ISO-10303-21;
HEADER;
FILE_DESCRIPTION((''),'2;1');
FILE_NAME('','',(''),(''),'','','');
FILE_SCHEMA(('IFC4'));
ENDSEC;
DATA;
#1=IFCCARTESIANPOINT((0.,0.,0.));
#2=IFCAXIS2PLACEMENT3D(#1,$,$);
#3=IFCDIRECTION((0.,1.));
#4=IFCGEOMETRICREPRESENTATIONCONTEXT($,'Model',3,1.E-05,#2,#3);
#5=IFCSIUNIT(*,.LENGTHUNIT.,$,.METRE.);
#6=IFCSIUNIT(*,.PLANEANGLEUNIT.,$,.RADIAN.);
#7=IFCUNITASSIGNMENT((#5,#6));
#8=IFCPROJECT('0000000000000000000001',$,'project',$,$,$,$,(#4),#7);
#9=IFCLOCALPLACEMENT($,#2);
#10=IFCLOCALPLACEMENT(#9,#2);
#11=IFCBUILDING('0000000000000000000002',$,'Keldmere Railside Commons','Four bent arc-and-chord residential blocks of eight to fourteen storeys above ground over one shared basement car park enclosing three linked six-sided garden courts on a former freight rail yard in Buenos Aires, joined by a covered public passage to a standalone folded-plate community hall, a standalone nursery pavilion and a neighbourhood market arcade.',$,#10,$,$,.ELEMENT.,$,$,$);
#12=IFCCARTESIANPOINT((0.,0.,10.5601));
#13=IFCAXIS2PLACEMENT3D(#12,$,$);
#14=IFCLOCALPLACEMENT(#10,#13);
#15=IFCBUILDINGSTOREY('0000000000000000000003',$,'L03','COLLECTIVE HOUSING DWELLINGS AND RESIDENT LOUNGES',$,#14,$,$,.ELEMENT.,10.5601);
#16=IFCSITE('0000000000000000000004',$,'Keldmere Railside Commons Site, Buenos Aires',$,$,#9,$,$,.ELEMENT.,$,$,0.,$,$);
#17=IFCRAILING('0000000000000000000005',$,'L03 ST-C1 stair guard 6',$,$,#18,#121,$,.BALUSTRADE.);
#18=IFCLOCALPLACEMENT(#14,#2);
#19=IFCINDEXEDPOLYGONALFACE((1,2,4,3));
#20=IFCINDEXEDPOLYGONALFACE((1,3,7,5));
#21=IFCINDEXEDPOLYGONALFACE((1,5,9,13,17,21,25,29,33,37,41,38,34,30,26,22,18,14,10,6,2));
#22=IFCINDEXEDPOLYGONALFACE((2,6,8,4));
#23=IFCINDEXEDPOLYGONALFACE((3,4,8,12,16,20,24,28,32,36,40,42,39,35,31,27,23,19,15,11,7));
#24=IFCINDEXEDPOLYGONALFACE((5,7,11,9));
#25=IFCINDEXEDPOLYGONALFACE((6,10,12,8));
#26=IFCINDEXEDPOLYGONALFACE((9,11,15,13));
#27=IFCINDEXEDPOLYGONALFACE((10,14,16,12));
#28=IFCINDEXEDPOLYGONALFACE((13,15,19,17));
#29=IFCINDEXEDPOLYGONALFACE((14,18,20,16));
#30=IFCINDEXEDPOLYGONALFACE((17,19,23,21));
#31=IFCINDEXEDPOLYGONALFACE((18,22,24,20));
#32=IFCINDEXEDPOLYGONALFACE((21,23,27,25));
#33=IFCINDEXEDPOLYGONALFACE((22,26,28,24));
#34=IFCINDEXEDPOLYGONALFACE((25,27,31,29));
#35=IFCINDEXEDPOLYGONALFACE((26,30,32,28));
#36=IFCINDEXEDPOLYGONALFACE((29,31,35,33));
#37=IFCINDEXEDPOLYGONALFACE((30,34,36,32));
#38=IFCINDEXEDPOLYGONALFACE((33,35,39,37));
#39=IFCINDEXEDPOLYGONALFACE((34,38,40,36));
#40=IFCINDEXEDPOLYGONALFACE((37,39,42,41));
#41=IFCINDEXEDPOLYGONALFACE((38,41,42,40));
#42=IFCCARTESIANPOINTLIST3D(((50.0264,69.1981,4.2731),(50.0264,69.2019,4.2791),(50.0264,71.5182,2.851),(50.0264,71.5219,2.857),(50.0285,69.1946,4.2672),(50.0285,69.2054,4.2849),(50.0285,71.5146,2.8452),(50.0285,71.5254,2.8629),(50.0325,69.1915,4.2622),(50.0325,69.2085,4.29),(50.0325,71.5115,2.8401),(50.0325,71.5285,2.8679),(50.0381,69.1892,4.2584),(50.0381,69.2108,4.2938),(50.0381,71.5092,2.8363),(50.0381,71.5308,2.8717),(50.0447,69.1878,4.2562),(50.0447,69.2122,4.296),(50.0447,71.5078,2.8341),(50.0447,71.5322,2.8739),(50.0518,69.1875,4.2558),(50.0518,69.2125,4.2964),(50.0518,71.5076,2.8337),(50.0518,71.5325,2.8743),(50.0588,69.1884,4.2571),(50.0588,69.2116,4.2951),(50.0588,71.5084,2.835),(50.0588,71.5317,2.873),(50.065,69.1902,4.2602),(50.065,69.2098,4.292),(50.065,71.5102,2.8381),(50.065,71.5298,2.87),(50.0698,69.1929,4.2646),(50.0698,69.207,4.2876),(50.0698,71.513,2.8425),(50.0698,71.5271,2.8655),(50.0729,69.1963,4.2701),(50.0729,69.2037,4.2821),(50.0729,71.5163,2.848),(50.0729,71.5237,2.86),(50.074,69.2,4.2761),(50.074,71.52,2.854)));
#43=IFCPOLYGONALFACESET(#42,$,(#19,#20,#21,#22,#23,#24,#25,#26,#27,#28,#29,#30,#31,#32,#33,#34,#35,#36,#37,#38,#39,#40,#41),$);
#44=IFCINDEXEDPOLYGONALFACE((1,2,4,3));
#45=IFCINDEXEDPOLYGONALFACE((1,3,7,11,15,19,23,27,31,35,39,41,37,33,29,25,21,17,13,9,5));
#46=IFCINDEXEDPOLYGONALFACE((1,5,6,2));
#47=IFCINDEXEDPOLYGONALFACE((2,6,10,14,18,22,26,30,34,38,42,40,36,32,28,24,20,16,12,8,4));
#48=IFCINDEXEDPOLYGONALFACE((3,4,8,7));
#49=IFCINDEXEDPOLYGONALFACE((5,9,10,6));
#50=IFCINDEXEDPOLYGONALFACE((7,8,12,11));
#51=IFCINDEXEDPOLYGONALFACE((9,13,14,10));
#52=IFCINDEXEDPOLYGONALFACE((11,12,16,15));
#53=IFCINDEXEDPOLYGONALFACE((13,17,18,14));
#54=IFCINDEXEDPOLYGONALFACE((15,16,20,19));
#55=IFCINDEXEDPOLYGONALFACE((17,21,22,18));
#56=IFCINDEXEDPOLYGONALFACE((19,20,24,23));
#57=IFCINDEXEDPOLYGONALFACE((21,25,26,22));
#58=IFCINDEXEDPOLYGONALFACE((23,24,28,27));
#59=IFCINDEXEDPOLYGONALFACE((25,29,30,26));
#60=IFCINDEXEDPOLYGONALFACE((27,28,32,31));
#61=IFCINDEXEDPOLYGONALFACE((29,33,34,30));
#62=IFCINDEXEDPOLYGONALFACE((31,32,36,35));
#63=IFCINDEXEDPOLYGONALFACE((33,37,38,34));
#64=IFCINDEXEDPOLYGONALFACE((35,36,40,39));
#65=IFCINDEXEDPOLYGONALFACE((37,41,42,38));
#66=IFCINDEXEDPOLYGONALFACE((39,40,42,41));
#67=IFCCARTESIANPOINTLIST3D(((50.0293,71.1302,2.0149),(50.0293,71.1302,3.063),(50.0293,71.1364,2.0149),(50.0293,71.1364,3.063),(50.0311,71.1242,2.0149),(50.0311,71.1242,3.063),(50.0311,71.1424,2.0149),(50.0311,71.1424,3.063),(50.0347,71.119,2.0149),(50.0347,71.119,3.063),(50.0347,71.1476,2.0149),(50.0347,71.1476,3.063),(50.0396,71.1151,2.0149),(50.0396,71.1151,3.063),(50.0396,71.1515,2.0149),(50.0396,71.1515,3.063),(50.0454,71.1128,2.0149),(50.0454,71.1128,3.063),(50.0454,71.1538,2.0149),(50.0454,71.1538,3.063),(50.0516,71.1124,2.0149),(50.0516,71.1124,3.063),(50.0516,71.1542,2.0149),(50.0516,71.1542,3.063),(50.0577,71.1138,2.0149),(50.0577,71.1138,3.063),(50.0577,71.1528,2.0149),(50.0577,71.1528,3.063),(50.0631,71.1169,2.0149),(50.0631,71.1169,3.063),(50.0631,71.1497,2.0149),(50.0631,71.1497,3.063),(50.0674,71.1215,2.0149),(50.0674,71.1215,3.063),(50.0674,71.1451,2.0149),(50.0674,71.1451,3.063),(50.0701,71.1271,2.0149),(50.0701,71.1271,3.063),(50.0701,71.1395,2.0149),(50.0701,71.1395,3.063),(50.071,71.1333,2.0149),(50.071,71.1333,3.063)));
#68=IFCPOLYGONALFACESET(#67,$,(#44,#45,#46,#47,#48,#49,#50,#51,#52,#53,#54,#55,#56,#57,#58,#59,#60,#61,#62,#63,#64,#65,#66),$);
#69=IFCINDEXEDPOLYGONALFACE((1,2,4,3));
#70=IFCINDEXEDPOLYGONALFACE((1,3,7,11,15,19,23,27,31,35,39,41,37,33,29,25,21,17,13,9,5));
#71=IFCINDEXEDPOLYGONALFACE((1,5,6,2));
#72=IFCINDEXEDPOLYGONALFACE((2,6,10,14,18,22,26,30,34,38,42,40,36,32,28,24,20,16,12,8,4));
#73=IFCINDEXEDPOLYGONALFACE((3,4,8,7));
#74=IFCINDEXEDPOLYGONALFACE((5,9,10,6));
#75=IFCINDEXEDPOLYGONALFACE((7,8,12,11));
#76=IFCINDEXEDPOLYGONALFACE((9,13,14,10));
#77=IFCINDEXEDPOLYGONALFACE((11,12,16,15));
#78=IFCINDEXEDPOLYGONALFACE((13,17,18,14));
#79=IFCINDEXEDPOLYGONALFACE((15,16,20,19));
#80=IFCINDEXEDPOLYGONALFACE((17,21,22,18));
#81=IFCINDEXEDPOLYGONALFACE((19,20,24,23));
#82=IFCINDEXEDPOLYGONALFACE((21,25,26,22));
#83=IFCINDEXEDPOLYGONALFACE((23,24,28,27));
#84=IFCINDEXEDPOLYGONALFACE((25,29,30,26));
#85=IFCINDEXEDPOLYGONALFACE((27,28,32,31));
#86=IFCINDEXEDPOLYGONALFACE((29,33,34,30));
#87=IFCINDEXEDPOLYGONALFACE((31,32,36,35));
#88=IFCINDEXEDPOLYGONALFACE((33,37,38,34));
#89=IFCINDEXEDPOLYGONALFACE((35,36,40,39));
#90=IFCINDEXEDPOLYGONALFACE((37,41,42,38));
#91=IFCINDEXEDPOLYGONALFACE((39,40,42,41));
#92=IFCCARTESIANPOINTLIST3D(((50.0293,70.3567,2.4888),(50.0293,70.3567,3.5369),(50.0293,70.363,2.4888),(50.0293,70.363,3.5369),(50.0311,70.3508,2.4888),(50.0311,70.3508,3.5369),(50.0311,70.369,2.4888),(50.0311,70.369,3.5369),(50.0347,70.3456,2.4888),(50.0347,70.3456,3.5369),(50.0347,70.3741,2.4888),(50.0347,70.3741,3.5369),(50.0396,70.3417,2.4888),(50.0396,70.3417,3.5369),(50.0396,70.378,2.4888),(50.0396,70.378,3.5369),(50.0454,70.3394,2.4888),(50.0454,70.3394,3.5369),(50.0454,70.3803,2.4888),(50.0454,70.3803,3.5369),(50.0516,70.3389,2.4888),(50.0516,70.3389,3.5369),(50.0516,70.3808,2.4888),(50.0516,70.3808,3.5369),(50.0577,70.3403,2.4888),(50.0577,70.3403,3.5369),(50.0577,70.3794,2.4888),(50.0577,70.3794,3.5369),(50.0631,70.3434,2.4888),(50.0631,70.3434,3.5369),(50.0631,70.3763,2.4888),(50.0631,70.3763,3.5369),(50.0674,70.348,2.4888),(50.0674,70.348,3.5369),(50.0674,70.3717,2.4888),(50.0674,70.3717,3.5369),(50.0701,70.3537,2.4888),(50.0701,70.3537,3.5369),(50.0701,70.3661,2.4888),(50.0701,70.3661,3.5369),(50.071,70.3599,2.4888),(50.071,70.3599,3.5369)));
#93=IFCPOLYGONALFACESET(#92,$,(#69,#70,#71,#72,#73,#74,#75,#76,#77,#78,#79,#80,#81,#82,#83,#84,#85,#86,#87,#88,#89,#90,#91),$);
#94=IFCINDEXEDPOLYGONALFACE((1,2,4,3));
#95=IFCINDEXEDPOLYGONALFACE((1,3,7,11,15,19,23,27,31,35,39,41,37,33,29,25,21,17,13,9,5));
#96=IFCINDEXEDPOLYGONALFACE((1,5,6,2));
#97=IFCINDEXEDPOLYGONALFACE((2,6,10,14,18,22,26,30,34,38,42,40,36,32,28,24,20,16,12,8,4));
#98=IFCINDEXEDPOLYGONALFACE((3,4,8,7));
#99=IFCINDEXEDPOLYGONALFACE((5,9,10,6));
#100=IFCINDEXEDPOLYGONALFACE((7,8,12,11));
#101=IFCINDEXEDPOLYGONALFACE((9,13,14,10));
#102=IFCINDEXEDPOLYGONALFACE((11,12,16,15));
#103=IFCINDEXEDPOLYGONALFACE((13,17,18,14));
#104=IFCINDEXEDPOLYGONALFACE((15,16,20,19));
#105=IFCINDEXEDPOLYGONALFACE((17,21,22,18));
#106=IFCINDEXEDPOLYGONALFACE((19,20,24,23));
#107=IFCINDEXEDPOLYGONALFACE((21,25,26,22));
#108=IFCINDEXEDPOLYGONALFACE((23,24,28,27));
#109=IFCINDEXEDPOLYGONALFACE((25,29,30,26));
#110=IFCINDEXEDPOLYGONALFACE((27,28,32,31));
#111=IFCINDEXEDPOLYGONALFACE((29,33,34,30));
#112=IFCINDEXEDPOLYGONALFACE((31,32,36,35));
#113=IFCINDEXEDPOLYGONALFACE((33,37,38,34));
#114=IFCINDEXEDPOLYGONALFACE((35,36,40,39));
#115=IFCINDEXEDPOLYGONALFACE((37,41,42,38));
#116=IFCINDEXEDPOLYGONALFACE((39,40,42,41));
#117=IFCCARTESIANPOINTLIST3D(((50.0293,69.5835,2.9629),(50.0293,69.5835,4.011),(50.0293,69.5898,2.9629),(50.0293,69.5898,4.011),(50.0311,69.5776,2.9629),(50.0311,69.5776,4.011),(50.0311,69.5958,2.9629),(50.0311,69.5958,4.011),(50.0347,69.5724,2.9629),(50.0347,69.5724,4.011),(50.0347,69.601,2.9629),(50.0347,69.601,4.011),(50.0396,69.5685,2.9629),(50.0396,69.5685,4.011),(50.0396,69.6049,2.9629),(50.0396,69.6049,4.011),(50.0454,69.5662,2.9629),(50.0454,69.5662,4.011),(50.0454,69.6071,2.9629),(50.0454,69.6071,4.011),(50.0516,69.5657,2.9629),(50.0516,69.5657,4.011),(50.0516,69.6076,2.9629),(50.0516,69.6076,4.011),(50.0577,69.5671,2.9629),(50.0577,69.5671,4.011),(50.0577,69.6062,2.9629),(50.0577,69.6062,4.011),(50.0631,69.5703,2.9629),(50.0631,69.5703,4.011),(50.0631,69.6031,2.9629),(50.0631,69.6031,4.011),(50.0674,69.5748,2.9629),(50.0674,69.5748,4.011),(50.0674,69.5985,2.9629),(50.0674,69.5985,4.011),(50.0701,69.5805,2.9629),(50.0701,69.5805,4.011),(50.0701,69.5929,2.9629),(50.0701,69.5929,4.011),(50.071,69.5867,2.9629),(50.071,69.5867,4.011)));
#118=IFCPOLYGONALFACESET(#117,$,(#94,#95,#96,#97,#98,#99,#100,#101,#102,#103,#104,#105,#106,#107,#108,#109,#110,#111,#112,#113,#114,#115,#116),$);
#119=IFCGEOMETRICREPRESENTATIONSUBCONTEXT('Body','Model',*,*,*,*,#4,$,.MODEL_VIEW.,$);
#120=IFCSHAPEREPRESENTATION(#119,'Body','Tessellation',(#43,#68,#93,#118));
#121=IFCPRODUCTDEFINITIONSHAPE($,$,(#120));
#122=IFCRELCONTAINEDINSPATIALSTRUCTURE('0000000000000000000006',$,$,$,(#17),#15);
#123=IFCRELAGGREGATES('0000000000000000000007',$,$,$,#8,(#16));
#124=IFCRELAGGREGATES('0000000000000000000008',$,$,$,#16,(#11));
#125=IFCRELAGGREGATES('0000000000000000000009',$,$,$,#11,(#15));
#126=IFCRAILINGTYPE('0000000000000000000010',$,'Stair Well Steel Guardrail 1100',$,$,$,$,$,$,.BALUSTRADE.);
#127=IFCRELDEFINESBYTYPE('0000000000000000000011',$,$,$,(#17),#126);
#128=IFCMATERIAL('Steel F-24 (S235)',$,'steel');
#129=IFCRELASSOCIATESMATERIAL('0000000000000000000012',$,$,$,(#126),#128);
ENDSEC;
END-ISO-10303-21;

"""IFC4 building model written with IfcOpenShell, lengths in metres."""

from ifc_helpers import new_model, si_unit, direction, frame, origin, origin_2d, place, context, subcontext, project, spatial, circle, extrude, material, type_object, element, save


model = new_model("IFC4")

# Units and contexts
model_context = context("Model", 3, precision=1e-05, world=origin(), true_north=direction((0.0, 1.0)))
body_context = subcontext(model_context, "Body", "Model", "MODEL_VIEW")
ifc_project = project(units=[si_unit("LENGTHUNIT", "METRE"), si_unit("PLANEANGLEUNIT", "RADIAN")], contexts=[model_context])

# Site, building, storey
site_placement = place(None, origin())
site = spatial("IfcSite", under=ifc_project, at=site_placement, Name="Keldmere Railside Commons Site, Buenos Aires", CompositionType="ELEMENT", RefElevation=0.0)
building_placement = place(site_placement, origin())
building = spatial("IfcBuilding", under=site, at=building_placement, Name="Keldmere Railside Commons", Description="Four bent arc-and-chord residential blocks of eight to fourteen storeys above ground over one shared basement car park enclosing three linked six-sided garden courts on a former freight rail yard in Buenos Aires, joined by a covered public passage to a standalone folded-plate community hall, a standalone nursery pavilion and a neighbourhood market arcade.", CompositionType="ELEMENT")
storey_placement = place(building_placement, frame((0.0, 0.0, 10.5601)))
storey = spatial("IfcBuildingStorey", under=building, at=storey_placement, Name="L03", Description="COLLECTIVE HOUSING DWELLINGS AND RESIDENT LOUNGES", CompositionType="ELEMENT", Elevation=10.5601)

# Shared definitions
ifc_material_1 = material(Name="Steel F-24 (S235)", Category="steel")

# Railing
railing_type = type_object("IfcRailingType", Name="Stair Well Steel Guardrail 1100", PredefinedType="BALUSTRADE", material=ifc_material_1)
railing_1_placement = place(storey_placement, frame((50.05, 71.52, 1.7778)))
element("IfcRailing", 1, at=railing_1_placement, inside=storey, type_object=railing_type, Name="L03 ST-C1 stair guard 6", PredefinedType="BALUSTRADE", context=body_context, shape_type="SweptSolid", body=[
    extrude(circle(Radius=0.0239, at=origin_2d()), frame((0.0, 0.0, 1.0762), z_axis=(0.0, -0.852578, 0.5226), x_axis=(1.0, 0.0, 0.0)), (0.0, 0.0, 1.0), 2.7212),
    extrude(circle(Radius=0.021, at=origin_2d()), frame((0.0, -0.3867, 0.2371)), (0.0, 0.0, 1.0), 1.0481),
    extrude(circle(Radius=0.021, at=origin_2d()), frame((0.0, -1.1602, 0.7109)), (0.0, 0.0, 1.0), 1.0481),
    extrude(circle(Radius=0.021, at=origin_2d()), frame((0.0, -1.9333, 1.1851)), (0.0, 0.0, 1.0), 1.0481),
])

save(model, "model.ifc")
